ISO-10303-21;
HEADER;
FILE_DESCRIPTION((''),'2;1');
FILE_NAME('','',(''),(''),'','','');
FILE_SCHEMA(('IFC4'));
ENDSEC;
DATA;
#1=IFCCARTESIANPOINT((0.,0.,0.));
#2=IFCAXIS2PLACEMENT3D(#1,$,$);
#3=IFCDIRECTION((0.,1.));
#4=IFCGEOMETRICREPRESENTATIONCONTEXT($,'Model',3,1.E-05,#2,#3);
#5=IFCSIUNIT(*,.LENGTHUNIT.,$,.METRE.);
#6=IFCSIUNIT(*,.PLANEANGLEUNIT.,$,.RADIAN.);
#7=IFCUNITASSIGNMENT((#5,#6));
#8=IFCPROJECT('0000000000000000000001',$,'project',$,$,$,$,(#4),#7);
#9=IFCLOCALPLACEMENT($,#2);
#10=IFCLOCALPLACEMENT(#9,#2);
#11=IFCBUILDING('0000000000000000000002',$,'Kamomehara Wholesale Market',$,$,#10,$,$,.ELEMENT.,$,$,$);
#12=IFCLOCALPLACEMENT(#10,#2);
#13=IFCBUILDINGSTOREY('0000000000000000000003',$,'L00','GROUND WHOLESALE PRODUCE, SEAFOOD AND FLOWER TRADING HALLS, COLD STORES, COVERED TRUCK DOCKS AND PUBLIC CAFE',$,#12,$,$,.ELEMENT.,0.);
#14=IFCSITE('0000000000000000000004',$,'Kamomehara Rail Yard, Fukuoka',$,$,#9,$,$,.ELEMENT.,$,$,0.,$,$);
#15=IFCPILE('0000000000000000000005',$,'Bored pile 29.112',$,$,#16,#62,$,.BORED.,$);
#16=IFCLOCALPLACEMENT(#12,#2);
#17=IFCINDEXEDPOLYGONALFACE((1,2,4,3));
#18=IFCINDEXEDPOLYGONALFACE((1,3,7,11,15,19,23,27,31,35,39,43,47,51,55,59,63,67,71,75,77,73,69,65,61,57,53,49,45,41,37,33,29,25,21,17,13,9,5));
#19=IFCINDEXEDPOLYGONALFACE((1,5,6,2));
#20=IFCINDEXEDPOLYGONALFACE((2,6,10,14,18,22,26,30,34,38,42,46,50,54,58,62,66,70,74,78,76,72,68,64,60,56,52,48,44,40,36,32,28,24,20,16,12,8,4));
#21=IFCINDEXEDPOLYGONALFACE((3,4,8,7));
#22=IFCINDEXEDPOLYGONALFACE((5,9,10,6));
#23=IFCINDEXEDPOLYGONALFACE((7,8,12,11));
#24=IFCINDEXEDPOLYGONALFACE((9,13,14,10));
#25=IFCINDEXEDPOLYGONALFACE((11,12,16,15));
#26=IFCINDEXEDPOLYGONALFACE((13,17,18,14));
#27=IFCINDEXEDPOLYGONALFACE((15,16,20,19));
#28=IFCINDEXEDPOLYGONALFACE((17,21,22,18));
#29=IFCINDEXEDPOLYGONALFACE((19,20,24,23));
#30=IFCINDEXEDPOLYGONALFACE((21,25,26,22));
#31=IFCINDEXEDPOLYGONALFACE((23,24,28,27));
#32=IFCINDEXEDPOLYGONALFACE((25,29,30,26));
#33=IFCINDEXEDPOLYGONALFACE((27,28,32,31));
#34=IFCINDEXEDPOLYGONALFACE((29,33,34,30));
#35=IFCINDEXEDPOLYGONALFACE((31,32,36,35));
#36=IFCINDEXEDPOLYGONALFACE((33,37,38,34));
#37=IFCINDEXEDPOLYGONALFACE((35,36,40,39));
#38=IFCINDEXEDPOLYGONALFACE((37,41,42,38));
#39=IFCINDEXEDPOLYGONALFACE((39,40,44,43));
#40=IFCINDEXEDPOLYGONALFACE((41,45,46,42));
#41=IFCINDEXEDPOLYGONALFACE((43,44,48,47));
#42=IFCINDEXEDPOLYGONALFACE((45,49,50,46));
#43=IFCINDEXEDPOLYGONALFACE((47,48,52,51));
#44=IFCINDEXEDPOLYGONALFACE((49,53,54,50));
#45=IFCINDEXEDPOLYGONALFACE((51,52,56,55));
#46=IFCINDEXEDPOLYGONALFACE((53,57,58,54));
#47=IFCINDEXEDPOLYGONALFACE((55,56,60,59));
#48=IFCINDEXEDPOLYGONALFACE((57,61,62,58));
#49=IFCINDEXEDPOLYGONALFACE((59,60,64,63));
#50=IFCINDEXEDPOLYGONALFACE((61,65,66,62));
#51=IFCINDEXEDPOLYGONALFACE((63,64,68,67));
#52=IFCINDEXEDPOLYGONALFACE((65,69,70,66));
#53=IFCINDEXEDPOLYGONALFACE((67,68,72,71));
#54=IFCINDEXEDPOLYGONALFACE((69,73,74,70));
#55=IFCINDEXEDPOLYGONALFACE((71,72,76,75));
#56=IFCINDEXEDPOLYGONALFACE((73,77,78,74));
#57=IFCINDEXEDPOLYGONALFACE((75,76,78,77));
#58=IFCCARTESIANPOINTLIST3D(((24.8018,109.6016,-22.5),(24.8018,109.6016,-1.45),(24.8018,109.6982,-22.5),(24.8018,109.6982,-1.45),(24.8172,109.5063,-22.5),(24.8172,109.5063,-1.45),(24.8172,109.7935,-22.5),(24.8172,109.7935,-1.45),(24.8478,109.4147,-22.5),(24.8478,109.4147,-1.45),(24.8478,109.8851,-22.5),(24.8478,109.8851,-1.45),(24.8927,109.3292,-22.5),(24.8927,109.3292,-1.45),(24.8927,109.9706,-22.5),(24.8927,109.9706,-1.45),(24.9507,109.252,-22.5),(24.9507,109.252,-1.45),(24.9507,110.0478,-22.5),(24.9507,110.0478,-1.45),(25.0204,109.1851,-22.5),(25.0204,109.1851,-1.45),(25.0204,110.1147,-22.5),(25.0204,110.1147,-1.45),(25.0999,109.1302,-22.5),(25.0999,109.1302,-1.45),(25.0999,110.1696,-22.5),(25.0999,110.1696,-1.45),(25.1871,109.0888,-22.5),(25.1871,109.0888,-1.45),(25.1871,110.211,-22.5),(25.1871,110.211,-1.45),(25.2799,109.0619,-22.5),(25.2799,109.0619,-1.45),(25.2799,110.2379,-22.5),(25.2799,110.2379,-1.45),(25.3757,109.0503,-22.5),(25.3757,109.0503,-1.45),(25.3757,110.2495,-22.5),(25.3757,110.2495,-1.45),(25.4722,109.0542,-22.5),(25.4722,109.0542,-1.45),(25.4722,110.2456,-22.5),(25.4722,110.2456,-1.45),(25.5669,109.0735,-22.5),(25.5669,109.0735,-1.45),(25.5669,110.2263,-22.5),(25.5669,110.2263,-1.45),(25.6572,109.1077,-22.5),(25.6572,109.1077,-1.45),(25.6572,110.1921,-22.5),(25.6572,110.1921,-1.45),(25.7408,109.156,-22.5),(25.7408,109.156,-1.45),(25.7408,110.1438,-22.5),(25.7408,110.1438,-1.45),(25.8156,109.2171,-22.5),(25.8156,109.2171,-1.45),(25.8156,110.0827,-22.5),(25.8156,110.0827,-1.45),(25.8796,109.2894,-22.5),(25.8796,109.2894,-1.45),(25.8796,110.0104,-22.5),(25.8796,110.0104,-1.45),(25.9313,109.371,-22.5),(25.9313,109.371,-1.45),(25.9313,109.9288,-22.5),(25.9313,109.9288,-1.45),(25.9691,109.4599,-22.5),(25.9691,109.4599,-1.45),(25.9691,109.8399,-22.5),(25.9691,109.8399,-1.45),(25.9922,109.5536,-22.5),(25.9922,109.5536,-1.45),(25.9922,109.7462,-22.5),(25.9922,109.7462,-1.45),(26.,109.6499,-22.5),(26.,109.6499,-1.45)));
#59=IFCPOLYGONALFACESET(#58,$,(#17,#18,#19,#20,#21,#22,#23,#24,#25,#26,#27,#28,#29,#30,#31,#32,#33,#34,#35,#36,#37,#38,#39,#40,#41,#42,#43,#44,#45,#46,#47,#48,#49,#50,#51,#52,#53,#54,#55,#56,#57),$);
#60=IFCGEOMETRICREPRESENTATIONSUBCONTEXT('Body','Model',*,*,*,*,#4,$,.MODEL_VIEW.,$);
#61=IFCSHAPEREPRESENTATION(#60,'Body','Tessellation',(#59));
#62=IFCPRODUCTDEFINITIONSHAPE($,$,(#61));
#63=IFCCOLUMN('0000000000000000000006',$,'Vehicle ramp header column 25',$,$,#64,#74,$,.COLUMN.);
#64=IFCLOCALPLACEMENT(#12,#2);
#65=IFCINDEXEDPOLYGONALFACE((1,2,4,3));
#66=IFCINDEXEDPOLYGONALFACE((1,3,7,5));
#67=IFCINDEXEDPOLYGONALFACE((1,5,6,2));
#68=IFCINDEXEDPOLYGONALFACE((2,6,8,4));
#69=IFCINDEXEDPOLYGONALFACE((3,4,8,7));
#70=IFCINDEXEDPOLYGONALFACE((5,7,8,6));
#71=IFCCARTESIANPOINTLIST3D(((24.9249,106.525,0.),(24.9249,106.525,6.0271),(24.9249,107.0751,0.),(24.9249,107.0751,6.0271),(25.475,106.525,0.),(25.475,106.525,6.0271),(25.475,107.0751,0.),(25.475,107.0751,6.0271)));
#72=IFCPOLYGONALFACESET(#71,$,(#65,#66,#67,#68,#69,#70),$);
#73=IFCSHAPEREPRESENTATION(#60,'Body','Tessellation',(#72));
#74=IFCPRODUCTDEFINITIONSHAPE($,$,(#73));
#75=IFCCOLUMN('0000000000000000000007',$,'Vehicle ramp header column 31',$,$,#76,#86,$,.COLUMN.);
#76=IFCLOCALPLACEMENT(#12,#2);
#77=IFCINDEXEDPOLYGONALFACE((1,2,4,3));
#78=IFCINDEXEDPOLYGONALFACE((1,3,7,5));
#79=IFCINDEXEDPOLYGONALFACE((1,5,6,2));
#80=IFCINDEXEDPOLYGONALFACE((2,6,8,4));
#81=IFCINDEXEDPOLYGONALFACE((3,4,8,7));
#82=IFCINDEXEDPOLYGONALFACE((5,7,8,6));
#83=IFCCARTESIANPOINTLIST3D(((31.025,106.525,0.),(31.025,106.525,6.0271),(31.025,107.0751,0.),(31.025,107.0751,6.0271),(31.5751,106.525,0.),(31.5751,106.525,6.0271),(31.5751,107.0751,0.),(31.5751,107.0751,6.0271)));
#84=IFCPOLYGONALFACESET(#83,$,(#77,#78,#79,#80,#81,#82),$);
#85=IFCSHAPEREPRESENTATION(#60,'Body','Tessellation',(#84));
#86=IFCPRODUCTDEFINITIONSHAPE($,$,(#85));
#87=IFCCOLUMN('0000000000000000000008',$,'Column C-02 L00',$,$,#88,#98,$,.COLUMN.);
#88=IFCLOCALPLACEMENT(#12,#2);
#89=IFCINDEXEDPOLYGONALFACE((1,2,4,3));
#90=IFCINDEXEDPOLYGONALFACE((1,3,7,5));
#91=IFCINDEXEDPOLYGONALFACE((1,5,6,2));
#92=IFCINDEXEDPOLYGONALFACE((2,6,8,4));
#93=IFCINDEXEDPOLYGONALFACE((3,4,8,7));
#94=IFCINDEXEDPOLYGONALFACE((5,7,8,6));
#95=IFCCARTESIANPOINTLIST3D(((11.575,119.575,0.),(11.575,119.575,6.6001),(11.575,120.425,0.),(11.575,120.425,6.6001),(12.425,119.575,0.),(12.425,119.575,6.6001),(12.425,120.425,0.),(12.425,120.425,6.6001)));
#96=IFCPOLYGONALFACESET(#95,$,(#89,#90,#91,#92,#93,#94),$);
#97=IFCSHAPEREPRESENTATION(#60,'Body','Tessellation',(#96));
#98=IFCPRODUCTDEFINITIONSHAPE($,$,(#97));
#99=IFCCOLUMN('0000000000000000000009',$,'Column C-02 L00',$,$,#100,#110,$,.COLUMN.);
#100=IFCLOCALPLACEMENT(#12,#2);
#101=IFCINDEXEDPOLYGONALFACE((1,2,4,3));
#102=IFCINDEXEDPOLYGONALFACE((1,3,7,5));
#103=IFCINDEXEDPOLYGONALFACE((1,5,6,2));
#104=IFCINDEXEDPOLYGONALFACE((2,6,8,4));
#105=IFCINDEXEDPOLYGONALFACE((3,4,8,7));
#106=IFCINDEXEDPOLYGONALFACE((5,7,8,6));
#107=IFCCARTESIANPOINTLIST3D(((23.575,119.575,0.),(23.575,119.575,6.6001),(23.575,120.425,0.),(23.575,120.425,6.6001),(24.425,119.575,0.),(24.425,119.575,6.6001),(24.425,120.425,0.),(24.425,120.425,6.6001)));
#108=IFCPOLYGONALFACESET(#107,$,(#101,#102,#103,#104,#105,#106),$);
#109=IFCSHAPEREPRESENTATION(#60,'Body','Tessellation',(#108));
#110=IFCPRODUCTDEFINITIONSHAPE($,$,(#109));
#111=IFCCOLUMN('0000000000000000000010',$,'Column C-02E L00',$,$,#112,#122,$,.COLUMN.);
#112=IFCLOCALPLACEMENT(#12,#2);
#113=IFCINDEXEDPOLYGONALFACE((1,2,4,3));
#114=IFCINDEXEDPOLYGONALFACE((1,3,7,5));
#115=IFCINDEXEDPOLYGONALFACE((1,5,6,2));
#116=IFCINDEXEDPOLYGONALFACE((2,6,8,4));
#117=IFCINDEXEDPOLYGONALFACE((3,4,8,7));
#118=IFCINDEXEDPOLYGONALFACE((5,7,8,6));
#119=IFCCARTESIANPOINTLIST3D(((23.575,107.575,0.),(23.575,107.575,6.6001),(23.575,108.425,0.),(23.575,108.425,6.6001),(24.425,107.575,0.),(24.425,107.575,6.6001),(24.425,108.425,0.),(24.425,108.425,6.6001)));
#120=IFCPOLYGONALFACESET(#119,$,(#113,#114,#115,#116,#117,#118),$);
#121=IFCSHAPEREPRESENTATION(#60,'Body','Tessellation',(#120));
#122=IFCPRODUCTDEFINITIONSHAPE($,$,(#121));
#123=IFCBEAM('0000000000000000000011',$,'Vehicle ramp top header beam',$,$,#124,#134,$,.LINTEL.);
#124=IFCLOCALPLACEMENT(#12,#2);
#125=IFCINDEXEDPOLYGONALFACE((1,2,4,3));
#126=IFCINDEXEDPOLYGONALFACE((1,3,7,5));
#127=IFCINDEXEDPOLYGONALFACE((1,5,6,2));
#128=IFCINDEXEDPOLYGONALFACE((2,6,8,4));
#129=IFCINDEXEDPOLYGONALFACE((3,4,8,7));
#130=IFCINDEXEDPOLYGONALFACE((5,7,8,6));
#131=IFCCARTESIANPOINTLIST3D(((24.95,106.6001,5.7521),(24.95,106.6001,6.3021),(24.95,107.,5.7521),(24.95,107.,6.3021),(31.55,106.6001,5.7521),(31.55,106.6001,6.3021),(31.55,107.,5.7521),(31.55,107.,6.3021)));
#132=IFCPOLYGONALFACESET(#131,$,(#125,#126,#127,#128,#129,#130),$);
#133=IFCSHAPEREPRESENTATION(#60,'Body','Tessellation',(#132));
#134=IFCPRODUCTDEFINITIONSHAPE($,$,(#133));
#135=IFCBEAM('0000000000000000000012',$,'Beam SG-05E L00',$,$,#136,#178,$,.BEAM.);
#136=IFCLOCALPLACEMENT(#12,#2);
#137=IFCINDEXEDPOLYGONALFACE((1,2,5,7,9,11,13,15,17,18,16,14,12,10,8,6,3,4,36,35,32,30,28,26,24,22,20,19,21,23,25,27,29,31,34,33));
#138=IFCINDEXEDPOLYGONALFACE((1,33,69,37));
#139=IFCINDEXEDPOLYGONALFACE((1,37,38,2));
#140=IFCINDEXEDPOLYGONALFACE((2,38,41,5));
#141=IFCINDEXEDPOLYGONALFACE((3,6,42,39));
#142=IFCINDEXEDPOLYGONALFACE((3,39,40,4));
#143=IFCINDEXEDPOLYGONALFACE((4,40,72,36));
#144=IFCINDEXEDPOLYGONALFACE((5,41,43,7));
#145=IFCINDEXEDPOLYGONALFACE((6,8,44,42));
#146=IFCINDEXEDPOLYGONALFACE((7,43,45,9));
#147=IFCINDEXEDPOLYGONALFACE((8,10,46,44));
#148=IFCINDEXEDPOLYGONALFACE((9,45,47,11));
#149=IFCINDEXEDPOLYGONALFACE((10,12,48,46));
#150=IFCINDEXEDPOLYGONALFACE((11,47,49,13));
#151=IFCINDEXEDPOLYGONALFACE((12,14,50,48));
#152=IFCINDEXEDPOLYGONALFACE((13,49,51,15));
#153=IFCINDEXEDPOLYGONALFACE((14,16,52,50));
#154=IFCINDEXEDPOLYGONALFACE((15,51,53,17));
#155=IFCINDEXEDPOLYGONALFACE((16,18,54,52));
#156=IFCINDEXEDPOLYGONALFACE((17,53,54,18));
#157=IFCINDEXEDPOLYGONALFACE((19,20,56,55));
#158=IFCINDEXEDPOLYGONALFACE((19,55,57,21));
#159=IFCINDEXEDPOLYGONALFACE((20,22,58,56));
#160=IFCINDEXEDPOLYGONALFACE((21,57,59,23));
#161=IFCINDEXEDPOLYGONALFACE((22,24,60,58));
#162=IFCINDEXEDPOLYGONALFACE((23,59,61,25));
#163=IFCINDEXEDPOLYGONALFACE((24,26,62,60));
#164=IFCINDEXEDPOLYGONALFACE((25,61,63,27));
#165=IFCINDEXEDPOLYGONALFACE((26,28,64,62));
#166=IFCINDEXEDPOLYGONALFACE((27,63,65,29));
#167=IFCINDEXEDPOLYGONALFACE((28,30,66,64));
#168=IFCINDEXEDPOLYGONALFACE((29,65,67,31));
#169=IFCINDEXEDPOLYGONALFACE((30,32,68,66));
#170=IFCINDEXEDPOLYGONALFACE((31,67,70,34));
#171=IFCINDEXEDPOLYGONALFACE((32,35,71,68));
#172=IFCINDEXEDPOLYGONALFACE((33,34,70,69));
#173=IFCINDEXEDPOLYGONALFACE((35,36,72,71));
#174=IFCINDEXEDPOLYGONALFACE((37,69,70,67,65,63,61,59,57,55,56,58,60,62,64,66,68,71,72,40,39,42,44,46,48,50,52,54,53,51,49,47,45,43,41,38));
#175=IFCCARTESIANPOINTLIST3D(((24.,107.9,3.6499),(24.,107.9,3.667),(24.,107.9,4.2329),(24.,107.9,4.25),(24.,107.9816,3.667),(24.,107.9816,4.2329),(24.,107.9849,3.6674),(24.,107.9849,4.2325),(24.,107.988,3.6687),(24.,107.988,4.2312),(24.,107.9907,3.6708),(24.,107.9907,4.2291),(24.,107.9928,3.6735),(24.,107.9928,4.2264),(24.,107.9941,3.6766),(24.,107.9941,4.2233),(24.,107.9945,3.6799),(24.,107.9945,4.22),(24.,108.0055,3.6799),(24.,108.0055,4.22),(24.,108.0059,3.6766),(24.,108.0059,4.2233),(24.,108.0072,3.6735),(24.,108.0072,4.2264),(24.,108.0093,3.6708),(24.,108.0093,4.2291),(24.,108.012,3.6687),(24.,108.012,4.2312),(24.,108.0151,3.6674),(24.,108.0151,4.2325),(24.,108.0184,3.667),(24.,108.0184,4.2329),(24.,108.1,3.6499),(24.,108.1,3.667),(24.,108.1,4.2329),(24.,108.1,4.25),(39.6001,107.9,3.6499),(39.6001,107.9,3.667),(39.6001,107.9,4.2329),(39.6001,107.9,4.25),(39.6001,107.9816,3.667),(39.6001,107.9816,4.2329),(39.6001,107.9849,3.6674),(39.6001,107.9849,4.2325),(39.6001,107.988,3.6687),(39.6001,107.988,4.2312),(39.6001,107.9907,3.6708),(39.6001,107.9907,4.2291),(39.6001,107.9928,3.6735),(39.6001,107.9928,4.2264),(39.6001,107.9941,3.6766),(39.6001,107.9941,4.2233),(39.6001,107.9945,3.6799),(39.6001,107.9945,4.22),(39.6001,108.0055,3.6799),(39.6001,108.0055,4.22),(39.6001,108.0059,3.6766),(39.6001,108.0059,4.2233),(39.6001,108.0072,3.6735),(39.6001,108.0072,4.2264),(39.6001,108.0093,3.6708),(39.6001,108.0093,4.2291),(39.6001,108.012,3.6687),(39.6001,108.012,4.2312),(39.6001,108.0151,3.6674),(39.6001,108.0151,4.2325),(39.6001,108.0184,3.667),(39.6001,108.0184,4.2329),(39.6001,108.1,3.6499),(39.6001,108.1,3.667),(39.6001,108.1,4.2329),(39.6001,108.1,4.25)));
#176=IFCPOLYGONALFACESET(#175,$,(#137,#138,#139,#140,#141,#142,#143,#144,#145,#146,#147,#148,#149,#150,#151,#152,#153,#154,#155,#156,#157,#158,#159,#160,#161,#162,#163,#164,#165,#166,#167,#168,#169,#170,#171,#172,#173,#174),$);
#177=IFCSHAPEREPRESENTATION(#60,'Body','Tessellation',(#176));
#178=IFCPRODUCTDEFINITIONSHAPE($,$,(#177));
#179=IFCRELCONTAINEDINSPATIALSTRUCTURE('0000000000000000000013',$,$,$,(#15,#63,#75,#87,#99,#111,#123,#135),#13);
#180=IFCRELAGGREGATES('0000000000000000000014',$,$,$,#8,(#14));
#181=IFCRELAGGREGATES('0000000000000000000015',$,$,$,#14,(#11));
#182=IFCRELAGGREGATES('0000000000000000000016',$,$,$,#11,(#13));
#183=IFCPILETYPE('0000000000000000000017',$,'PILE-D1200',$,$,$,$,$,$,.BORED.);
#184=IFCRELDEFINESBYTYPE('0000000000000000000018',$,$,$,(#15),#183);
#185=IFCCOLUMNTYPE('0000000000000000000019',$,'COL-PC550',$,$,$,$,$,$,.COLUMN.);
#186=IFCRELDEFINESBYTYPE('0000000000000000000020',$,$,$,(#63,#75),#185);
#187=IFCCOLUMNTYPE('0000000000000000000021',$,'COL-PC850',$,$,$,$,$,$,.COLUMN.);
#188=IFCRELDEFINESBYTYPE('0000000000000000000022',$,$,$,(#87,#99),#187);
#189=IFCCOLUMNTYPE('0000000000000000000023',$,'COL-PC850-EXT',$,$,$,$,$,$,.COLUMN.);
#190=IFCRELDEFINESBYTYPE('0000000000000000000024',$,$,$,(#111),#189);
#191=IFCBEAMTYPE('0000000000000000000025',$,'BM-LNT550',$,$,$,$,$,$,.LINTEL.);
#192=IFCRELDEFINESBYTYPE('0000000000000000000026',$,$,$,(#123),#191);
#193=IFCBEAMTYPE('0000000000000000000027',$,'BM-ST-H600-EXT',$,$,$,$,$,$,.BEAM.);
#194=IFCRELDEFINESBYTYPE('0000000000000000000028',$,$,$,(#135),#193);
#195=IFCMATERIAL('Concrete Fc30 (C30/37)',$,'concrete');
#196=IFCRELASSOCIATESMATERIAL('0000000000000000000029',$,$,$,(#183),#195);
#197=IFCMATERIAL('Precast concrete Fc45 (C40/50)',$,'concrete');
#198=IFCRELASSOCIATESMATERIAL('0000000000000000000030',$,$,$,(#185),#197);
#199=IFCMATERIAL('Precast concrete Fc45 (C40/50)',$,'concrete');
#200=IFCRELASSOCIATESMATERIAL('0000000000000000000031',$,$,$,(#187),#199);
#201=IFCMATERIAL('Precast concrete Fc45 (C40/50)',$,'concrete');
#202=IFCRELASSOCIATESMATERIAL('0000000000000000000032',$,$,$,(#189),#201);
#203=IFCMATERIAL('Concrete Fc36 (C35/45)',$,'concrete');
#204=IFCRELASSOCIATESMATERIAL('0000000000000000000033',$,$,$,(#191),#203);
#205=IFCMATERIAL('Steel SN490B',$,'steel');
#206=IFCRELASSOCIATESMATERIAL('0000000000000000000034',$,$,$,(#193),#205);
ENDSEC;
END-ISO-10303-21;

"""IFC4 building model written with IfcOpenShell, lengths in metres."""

from ifc_helpers import new_model, si_unit, direction, frame, origin, origin_2d, place, context, subcontext, project, spatial, rectangle, circle, i_section, extrude, material, material_profile, profile_set, type_object, element, save


model = new_model("IFC4")

# Units and contexts
model_context = context("Model", 3, precision=1e-05, world=origin(), true_north=direction((0.0, 1.0)))
body_context = subcontext(model_context, "Body", "Model", "MODEL_VIEW")
ifc_project = project(units=[si_unit("LENGTHUNIT", "METRE"), si_unit("PLANEANGLEUNIT", "RADIAN")], contexts=[model_context])

# Site, building, storey
site_placement = place(None, origin())
site = spatial("IfcSite", under=ifc_project, at=site_placement, Name="Kamomehara Rail Yard, Fukuoka", CompositionType="ELEMENT", RefElevation=0.0)
building_placement = place(site_placement, origin())
building = spatial("IfcBuilding", under=site, at=building_placement, Name="Kamomehara Wholesale Market", CompositionType="ELEMENT")
storey_placement = place(building_placement, origin())
storey = spatial("IfcBuildingStorey", under=building, at=storey_placement, Name="L00", Description="GROUND WHOLESALE PRODUCE, SEAFOOD AND FLOWER TRADING HALLS, COLD STORES, COVERED TRUCK DOCKS AND PUBLIC CAFE", CompositionType="ELEMENT", Elevation=0.0)

# Pile
ifc_material_1 = material(Name="Concrete Fc30 (C30/37)", Category="concrete")
ifc_material_profile_1 = material_profile(ifc_material_1, circle(Radius=0.6001, at=origin_2d()), Name="RC-PILE-D1200")
ifc_profile_set_1 = profile_set([ifc_material_profile_1], Name="Concrete Fc30 (C30/37)")
pile_type_1 = type_object("IfcPileType", Name="PILE-D1200", PredefinedType="BORED", material=ifc_profile_set_1)
for number, where, z_axis, x_axis, name in (
    (1, (25.3999, 109.6499, -1.45), (0.0, 0.0, -1.0), (1.0, 0.0, 0.0), "Bored pile 29.112"),
):
    element("IfcPile", number, at=place(storey_placement, frame(where, z_axis=z_axis, x_axis=x_axis)), inside=storey, type_object=pile_type_1, Name=name, PredefinedType="BORED", context=body_context, shape_type="SweptSolid", body=[
        extrude(circle(Radius=0.6001, at=origin_2d()), origin(), (0.0, 0.0, 1.0), 21.05),
    ])

# Columns
ifc_material_2 = material(Name="Precast concrete Fc45 (C40/50)", Category="concrete")
ifc_material_profile_2 = material_profile(ifc_material_2, rectangle(XDim=0.55, YDim=0.55, at=origin_2d()), Name="PC-COL-550x550")
ifc_profile_set_2 = profile_set([ifc_material_profile_2], Name="Precast concrete Fc45 (C40/50)")
column_type_1 = type_object("IfcColumnType", Name="COL-PC550", PredefinedType="COLUMN", material=ifc_profile_set_2)
for number, where, z_axis, x_axis, name in (
    (2, (25.2, 106.8, 0.0), (0.0, 0.0, 1.0), (1.0, 0.0, 0.0), "Vehicle ramp header column 25"),
    (3, (31.3, 106.8, 0.0), (0.0, 0.0, 1.0), (1.0, 0.0, 0.0), "Vehicle ramp header column 31"),
):
    element("IfcColumn", number, at=place(storey_placement, frame(where, z_axis=z_axis, x_axis=x_axis)), inside=storey, type_object=column_type_1, Name=name, PredefinedType="COLUMN", context=body_context, shape_type="SweptSolid", body=[
        extrude(rectangle(XDim=0.55, YDim=0.55, at=origin_2d()), origin(), (0.0, 0.0, 1.0), 6.0271),
    ])
ifc_material_3 = material(Name="Precast concrete Fc45 (C40/50)", Category="concrete")
ifc_material_profile_3 = material_profile(ifc_material_3, rectangle(XDim=0.8501, YDim=0.8501, at=origin_2d()), Name="PC-COL-850x850")
ifc_profile_set_3 = profile_set([ifc_material_profile_3], Name="Precast concrete Fc45 (C40/50)")
column_type_2 = type_object("IfcColumnType", Name="COL-PC850", PredefinedType="COLUMN", material=ifc_profile_set_3)
for number, where, z_axis, x_axis, name in (
    (4, (12.0, 120.0, 0.0), (0.0, 0.0, 1.0), (1.0, 0.0, 0.0), "Column C-02 L00"),
    (5, (24.0, 120.0, 0.0), (0.0, 0.0, 1.0), (1.0, 0.0, 0.0), "Column C-02 L00"),
):
    element("IfcColumn", number, at=place(storey_placement, frame(where, z_axis=z_axis, x_axis=x_axis)), inside=storey, type_object=column_type_2, Name=name, PredefinedType="COLUMN", context=body_context, shape_type="SweptSolid", body=[
        extrude(rectangle(XDim=0.8501, YDim=0.8501, at=origin_2d()), origin(), (0.0, 0.0, 1.0), 6.6001),
    ])
ifc_material_4 = material(Name="Precast concrete Fc45 (C40/50)", Category="concrete")
ifc_material_profile_4 = material_profile(ifc_material_4, rectangle(XDim=0.8501, YDim=0.8501, at=origin_2d()), Name="PC-COL-850x850")
ifc_profile_set_4 = profile_set([ifc_material_profile_4], Name="Precast concrete Fc45 (C40/50)")
column_type_3 = type_object("IfcColumnType", Name="COL-PC850-EXT", PredefinedType="COLUMN", material=ifc_profile_set_4)
column_placement = place(storey_placement, frame((24.0, 108.0, 0.0), z_axis=(0.0, 0.0, 1.0), x_axis=(1.0, 0.0, 0.0)))
element("IfcColumn", 6, at=column_placement, inside=storey, type_object=column_type_3, Name="Column C-02E L00", PredefinedType="COLUMN", context=body_context, shape_type="SweptSolid", body=[
    extrude(rectangle(XDim=0.8501, YDim=0.8501, at=origin_2d()), origin(), (0.0, 0.0, 1.0), 6.6001),
])

# Beams
ifc_material_5 = material(Name="Concrete Fc36 (C35/45)", Category="concrete")
ifc_material_profile_5 = material_profile(ifc_material_5, rectangle(XDim=0.3999, YDim=0.55, at=origin_2d()), Name="RC-LNT-400x550")
ifc_profile_set_5 = profile_set([ifc_material_profile_5], Name="Concrete Fc36 (C35/45)")
beam_type_1 = type_object("IfcBeamType", Name="BM-LNT550", PredefinedType="LINTEL", material=ifc_profile_set_5)
beam_1_placement = place(storey_placement, frame((24.95, 106.8, 6.0271), z_axis=(1.0, 0.0, 0.0), x_axis=(0.0, 1.0, 0.0)))
element("IfcBeam", 7, at=beam_1_placement, inside=storey, type_object=beam_type_1, Name="Vehicle ramp top header beam", PredefinedType="LINTEL", context=body_context, shape_type="SweptSolid", body=[
    extrude(rectangle(XDim=0.3999, YDim=0.55, at=origin_2d()), origin(), (0.0, 0.0, 1.0), 6.6001),
])
ifc_material_6 = material(Name="Steel SN490B", Category="steel")
ifc_material_profile_6 = material_profile(ifc_material_6, i_section(OverallWidth=0.2, OverallDepth=0.6001, WebThickness=0.011, FlangeThickness=0.0171, FilletRadius=0.0129, at=origin_2d()), Name="H-600x200x11x17")
ifc_profile_set_6 = profile_set([ifc_material_profile_6], Name="Steel SN490B")
beam_type_2 = type_object("IfcBeamType", Name="BM-ST-H600-EXT", PredefinedType="BEAM", material=ifc_profile_set_6)
beam_2_placement = place(storey_placement, frame((24.0, 108.0, 3.95), z_axis=(1.0, 0.0, 0.0), x_axis=(0.0, 1.0, 0.0)))
element("IfcBeam", 8, at=beam_2_placement, inside=storey, type_object=beam_type_2, Name="Beam SG-05E L00", PredefinedType="BEAM", context=body_context, shape_type="SweptSolid", body=[
    extrude(i_section(OverallWidth=0.2, OverallDepth=0.6001, WebThickness=0.011, FlangeThickness=0.0171, FilletRadius=0.0129, at=origin_2d()), origin(), (0.0, 0.0, 1.0), 15.6001),
])

save(model, "model.ifc")
